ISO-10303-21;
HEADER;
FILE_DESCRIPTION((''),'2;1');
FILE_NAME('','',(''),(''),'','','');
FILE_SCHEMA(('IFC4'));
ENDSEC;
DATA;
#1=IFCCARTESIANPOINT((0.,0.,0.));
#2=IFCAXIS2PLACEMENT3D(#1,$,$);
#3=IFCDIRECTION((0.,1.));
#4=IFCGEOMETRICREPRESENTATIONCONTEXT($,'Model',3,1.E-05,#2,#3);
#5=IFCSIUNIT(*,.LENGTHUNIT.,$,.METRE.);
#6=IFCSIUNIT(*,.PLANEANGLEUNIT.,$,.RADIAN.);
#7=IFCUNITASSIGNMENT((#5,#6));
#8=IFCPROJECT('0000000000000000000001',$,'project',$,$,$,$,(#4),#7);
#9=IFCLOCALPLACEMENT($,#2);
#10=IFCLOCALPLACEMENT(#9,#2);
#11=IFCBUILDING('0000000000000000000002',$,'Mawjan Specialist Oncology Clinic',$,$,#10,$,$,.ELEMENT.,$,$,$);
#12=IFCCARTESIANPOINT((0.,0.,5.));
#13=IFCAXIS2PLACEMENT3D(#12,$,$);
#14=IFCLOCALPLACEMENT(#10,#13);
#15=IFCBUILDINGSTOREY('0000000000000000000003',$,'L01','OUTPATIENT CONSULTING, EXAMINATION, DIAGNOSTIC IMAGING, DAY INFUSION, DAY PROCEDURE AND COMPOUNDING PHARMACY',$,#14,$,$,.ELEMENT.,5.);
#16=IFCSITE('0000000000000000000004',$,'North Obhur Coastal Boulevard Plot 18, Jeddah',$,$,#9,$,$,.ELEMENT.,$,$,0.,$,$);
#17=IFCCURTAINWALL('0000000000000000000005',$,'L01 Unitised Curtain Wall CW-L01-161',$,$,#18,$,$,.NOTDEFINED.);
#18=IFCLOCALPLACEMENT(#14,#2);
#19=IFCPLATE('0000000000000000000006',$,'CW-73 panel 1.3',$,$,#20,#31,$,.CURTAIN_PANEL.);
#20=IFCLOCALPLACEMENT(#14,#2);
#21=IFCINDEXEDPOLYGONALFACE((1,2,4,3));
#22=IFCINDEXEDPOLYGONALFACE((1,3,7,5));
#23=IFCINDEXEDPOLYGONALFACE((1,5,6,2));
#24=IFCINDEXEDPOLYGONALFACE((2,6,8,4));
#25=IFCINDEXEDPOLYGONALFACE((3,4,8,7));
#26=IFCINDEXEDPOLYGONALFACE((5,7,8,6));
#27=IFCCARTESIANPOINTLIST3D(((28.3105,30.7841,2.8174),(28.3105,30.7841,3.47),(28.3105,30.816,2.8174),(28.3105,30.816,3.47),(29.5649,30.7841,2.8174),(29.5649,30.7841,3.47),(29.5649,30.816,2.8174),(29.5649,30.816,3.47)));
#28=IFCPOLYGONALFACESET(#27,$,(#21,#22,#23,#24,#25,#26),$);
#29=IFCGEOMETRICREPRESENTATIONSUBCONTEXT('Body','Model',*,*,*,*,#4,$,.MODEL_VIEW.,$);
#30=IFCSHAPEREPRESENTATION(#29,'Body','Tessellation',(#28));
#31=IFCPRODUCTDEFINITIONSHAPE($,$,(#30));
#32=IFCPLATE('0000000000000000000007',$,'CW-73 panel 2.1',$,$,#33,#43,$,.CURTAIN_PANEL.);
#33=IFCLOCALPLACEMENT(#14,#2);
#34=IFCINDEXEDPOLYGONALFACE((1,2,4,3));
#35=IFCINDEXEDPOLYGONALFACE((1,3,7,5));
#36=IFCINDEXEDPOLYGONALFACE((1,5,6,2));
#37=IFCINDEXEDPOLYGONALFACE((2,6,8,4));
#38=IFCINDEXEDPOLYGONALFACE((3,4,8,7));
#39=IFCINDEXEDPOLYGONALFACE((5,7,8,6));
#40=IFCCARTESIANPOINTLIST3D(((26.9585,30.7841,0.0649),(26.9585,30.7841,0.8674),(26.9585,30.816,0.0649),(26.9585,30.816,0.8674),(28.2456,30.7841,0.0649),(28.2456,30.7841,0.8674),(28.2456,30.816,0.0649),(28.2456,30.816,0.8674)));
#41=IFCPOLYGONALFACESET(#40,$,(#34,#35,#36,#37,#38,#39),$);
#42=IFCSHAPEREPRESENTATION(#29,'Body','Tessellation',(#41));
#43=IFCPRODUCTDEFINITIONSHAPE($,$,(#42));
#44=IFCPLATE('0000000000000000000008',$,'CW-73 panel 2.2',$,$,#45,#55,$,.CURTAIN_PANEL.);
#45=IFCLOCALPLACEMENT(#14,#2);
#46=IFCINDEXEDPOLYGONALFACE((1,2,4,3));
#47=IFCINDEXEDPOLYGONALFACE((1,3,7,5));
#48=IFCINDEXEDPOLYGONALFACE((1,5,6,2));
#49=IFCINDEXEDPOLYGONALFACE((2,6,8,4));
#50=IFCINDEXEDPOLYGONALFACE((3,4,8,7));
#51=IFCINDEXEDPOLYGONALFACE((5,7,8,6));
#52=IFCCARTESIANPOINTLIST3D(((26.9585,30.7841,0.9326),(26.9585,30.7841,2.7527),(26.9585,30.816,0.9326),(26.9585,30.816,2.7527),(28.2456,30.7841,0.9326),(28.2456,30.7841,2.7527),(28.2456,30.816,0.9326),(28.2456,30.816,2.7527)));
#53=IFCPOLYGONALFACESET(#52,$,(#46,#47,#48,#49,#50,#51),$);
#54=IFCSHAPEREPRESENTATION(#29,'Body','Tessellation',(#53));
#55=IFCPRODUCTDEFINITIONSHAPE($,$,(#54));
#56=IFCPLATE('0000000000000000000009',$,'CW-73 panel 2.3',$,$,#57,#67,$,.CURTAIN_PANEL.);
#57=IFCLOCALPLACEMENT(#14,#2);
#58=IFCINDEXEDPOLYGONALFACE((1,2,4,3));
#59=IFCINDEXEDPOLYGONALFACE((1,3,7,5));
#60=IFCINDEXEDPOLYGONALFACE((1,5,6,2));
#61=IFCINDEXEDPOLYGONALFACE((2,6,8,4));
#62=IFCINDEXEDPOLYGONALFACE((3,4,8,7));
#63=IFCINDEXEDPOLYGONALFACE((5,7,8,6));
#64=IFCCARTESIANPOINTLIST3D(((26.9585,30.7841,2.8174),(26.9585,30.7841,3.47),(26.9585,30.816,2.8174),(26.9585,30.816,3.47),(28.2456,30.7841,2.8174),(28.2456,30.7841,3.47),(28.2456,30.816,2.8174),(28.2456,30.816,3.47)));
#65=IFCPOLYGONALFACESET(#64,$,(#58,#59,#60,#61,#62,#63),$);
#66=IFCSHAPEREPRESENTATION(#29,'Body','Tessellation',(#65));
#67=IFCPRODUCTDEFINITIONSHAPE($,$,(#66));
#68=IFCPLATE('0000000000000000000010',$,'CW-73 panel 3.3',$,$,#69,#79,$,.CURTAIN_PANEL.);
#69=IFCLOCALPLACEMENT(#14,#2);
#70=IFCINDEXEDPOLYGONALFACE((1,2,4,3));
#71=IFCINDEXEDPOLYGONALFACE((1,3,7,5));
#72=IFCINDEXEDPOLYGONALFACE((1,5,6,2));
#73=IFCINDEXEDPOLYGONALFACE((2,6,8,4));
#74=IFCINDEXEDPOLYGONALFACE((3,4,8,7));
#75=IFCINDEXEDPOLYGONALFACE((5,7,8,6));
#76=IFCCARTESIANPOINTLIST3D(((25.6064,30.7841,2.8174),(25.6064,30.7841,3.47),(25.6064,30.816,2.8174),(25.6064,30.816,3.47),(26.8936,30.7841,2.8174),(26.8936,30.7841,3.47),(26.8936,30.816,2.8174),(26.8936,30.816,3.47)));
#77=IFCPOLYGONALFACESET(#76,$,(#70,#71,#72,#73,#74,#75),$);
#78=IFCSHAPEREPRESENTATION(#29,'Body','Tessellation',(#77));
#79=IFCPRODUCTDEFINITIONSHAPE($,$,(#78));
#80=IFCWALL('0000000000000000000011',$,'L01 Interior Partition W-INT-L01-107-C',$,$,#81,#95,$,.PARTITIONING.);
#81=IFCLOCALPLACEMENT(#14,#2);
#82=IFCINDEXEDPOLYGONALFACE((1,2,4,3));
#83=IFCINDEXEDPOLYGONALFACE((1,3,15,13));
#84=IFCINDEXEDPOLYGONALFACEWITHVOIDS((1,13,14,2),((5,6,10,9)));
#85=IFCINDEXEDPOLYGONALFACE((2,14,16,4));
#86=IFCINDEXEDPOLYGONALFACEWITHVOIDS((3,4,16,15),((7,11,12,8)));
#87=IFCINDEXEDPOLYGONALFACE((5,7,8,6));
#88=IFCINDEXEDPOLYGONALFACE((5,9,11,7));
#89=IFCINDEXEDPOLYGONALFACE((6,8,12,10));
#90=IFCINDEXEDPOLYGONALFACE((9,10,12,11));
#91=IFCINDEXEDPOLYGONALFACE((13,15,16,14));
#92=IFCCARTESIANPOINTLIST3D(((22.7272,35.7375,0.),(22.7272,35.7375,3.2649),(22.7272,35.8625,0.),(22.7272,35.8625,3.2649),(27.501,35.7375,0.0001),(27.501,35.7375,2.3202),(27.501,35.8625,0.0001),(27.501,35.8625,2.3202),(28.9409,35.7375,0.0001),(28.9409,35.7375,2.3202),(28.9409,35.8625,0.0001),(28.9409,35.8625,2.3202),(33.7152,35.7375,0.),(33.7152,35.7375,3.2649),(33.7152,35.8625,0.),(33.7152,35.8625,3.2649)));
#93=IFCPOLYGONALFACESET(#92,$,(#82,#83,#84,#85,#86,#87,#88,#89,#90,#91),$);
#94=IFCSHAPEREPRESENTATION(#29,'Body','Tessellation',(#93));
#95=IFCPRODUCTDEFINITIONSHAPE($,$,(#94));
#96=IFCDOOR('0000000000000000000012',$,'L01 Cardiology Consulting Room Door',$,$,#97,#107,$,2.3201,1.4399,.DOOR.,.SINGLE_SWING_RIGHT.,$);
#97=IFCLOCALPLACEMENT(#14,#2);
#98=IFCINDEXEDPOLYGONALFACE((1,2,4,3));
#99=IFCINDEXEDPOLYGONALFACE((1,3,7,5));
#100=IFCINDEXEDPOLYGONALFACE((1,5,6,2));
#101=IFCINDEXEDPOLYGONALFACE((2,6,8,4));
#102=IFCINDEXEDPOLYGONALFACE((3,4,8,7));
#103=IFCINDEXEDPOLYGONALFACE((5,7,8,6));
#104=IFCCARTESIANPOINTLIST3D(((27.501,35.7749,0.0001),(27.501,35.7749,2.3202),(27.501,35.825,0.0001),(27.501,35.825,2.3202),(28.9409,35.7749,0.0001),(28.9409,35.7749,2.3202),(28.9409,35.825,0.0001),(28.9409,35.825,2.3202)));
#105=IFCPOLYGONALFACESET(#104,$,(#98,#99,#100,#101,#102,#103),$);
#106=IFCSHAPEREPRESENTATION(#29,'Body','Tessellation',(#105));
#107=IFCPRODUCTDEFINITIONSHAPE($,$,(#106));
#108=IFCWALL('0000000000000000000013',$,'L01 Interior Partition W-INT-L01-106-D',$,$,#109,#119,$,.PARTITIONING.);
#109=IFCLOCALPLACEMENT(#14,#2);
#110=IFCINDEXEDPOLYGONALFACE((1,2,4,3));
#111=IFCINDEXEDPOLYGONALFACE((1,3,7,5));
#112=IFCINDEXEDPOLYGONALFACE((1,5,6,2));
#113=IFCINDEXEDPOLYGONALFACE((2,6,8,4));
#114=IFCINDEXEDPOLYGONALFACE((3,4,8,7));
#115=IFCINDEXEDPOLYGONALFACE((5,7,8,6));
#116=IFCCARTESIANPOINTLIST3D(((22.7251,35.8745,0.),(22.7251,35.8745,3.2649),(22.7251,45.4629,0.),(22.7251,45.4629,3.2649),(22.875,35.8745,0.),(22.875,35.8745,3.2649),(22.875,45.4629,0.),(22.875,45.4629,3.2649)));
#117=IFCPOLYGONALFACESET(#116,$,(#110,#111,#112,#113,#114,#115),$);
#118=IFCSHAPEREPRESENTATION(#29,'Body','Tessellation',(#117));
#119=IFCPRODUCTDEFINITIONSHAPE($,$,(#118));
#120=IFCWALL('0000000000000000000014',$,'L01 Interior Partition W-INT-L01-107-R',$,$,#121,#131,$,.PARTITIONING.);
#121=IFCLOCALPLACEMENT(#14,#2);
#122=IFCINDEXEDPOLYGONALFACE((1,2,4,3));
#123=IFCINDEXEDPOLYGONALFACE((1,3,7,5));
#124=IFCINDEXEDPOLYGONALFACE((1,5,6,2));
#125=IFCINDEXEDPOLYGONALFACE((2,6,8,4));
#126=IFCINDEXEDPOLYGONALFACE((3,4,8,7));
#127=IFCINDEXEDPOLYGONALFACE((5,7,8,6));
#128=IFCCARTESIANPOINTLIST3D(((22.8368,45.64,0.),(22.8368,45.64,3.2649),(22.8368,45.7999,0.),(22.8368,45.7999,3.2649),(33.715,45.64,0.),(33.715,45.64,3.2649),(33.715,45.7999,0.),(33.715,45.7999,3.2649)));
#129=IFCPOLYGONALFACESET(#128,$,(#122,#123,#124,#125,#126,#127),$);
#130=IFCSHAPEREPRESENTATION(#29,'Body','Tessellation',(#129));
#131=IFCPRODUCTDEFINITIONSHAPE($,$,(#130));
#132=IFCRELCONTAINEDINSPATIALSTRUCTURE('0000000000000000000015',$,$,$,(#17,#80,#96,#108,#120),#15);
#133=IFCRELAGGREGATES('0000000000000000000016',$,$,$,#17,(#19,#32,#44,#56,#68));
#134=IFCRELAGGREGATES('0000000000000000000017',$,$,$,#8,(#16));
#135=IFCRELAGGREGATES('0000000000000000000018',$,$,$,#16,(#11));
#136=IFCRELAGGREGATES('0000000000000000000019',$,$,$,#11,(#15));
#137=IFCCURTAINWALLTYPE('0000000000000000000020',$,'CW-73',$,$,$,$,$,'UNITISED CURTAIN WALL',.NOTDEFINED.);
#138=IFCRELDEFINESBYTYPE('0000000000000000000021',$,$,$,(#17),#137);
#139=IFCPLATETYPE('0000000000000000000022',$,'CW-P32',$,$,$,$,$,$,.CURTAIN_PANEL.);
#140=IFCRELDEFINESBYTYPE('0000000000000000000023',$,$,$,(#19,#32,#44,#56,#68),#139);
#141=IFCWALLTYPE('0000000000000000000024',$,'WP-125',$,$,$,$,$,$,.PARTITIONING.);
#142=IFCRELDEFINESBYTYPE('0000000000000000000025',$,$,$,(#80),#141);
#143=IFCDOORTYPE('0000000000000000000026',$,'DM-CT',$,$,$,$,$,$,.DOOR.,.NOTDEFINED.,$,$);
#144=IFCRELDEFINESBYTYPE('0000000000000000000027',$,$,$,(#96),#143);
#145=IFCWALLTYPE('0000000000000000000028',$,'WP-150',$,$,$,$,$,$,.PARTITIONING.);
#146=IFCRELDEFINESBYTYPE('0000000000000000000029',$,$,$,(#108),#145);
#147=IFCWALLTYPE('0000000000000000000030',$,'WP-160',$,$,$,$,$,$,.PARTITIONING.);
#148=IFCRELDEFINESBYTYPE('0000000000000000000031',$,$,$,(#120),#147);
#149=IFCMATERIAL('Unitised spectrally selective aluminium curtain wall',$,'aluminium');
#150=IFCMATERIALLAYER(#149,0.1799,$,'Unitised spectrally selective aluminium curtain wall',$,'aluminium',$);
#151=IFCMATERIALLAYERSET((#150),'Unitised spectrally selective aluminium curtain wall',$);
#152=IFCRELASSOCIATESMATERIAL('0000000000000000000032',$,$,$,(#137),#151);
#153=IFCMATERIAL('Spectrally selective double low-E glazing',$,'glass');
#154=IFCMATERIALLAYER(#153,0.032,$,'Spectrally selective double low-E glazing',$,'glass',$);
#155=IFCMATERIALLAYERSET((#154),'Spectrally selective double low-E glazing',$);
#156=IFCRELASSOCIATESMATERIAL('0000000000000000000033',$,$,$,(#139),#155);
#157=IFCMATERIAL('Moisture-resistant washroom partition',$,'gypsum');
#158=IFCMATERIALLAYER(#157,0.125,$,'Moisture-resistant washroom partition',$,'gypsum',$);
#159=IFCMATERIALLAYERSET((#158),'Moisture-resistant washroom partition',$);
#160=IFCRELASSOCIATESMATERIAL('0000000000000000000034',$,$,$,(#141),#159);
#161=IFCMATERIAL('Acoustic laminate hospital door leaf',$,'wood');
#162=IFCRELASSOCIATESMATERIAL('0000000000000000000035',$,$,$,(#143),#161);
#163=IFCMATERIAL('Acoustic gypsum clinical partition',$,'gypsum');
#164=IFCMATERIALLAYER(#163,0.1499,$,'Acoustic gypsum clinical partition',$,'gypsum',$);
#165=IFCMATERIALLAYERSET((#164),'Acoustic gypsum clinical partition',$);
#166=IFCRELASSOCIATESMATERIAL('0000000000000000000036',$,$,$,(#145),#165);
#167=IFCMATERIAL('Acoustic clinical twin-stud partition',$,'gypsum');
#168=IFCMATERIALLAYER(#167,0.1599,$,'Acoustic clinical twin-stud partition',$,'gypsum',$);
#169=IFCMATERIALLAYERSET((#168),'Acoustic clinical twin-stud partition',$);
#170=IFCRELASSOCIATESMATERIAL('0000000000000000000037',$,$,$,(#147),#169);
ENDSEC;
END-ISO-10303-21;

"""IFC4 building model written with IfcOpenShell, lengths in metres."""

from ifc_helpers import new_model, si_unit, direction, frame, frame_2d, origin, origin_2d, place, context, subcontext, project, spatial, rectangle, extrude, material, layer, layer_set, type_object, element, fill, aggregate, save


model = new_model("IFC4")

# Units and contexts
model_context = context("Model", 3, precision=1e-05, world=origin(), true_north=direction((0.0, 1.0)))
body_context = subcontext(model_context, "Body", "Model", "MODEL_VIEW")
ifc_project = project(units=[si_unit("LENGTHUNIT", "METRE"), si_unit("PLANEANGLEUNIT", "RADIAN")], contexts=[model_context])

# Site, building, storey
site_placement = place(None, origin())
site = spatial("IfcSite", under=ifc_project, at=site_placement, Name="North Obhur Coastal Boulevard Plot 18, Jeddah", CompositionType="ELEMENT", RefElevation=0.0)
building_placement = place(site_placement, origin())
building = spatial("IfcBuilding", under=site, at=building_placement, Name="Mawjan Specialist Oncology Clinic", CompositionType="ELEMENT")
storey_placement = place(building_placement, frame((0.0, 0.0, 5.0)))
storey = spatial("IfcBuildingStorey", under=building, at=storey_placement, Name="L01", Description="OUTPATIENT CONSULTING, EXAMINATION, DIAGNOSTIC IMAGING, DAY INFUSION, DAY PROCEDURE AND COMPOUNDING PHARMACY", CompositionType="ELEMENT", Elevation=5.0)

# Curtain wall, plates
ifc_material_1 = material(Name="Unitised spectrally selective aluminium curtain wall", Category="aluminium")
ifc_layer_1 = layer(ifc_material_1, 0.1799, Name="Unitised spectrally selective aluminium curtain wall", Category="aluminium")
ifc_layer_set_1 = layer_set([ifc_layer_1], Name="Unitised spectrally selective aluminium curtain wall")
curtain_wall_type = type_object("IfcCurtainWallType", Name="CW-73", ElementType="UNITISED CURTAIN WALL", PredefinedType="NOTDEFINED", material=ifc_layer_set_1)
curtain_wall_placement = place(storey_placement, origin())
curtain_wall = element("IfcCurtainWall", 1, at=curtain_wall_placement, inside=storey, type_object=curtain_wall_type, Name="L01 Unitised Curtain Wall CW-L01-161", PredefinedType="NOTDEFINED")
ifc_material_2 = material(Name="Spectrally selective double low-E glazing", Category="glass")
ifc_layer_2 = layer(ifc_material_2, 0.032, Name="Spectrally selective double low-E glazing", Category="glass")
ifc_layer_set_2 = layer_set([ifc_layer_2], Name="Spectrally selective double low-E glazing")
plate_type = type_object("IfcPlateType", Name="CW-P32", PredefinedType="CURTAIN_PANEL", material=ifc_layer_set_2)
plate_1_placement = place(storey_placement, frame((28.9377, 30.8, 2.8174), z_axis=(0.0, 0.0, 1.0), x_axis=(-1.0, 0.0, 0.0)))
plate_1 = element("IfcPlate", 2, at=plate_1_placement, type_object=plate_type, Name="CW-73 panel 1.3", PredefinedType="CURTAIN_PANEL", context=body_context, shape_type="SweptSolid", body=[
    extrude(rectangle(XDim=1.2544, YDim=0.032, at=origin_2d()), origin(), (0.0, 0.0, 1.0), 0.6526),
])
plate_2_placement = place(storey_placement, frame((27.6021, 30.8, 0.0649), z_axis=(0.0, 0.0, 1.0), x_axis=(-1.0, 0.0, 0.0)))
plate_2 = element("IfcPlate", 3, at=plate_2_placement, type_object=plate_type, Name="CW-73 panel 2.1", PredefinedType="CURTAIN_PANEL", context=body_context, shape_type="SweptSolid", body=[
    extrude(rectangle(XDim=1.2871, YDim=0.032, at=origin_2d()), origin(), (0.0, 0.0, 1.0), 0.8025),
])
plate_3_placement = place(storey_placement, frame((27.6021, 30.8, 0.9326), z_axis=(0.0, 0.0, 1.0), x_axis=(-1.0, 0.0, 0.0)))
plate_3 = element("IfcPlate", 4, at=plate_3_placement, type_object=plate_type, Name="CW-73 panel 2.2", PredefinedType="CURTAIN_PANEL", context=body_context, shape_type="SweptSolid", body=[
    extrude(rectangle(XDim=1.2871, YDim=0.032, at=origin_2d()), origin(), (0.0, 0.0, 1.0), 1.8201),
])
plate_4_placement = place(storey_placement, frame((27.6021, 30.8, 2.8174), z_axis=(0.0, 0.0, 1.0), x_axis=(-1.0, 0.0, 0.0)))
plate_4 = element("IfcPlate", 5, at=plate_4_placement, type_object=plate_type, Name="CW-73 panel 2.3", PredefinedType="CURTAIN_PANEL", context=body_context, shape_type="SweptSolid", body=[
    extrude(rectangle(XDim=1.2871, YDim=0.032, at=origin_2d()), origin(), (0.0, 0.0, 1.0), 0.6526),
])
plate_5_placement = place(storey_placement, frame((26.25, 30.8, 2.8174), z_axis=(0.0, 0.0, 1.0), x_axis=(-1.0, 0.0, 0.0)))
plate_5 = element("IfcPlate", 6, at=plate_5_placement, type_object=plate_type, Name="CW-73 panel 3.3", PredefinedType="CURTAIN_PANEL", context=body_context, shape_type="SweptSolid", body=[
    extrude(rectangle(XDim=1.2871, YDim=0.032, at=origin_2d()), origin(), (0.0, 0.0, 1.0), 0.6526),
])
aggregate(curtain_wall, [plate_1, plate_2, plate_3, plate_4, plate_5])

# Wall, opening, door
ifc_material_3 = material(Name="Moisture-resistant washroom partition", Category="gypsum")
ifc_layer_3 = layer(ifc_material_3, 0.125, Name="Moisture-resistant washroom partition", Category="gypsum")
ifc_layer_set_3 = layer_set([ifc_layer_3], Name="Moisture-resistant washroom partition")
wall_type_1 = type_object("IfcWallType", Name="WP-125", PredefinedType="PARTITIONING", material=ifc_layer_set_3)
wall_1_placement = place(storey_placement, frame((22.7271, 35.8, 0.0), z_axis=(0.0, 0.0, 1.0), x_axis=(1.0, 0.0, 0.0)))
wall_1 = element("IfcWall", 7, at=wall_1_placement, inside=storey, type_object=wall_type_1, Name="L01 Interior Partition W-INT-L01-107-C", PredefinedType="PARTITIONING", context=body_context, shape_type="SweptSolid", body=[
    extrude(rectangle(XDim=10.988, YDim=0.125, at=frame_2d((5.4941, 0.0))), origin(), (0.0, 0.0, 1.0), 3.2649),
])
opening_placement = place(wall_1_placement, frame((4.7739, 0.0, 0.0)))
opening = element("IfcOpeningElement", 8, at=opening_placement, cuts=wall_1, PredefinedType="OPENING", context=body_context, shape_type="SweptSolid", body=[
    extrude(rectangle(XDim=1.4399, YDim=2.3201, at=frame_2d((0.72, 1.1602))), frame((0.0, 0.0745, 0.0), z_axis=(0.0, -1.0, 0.0), x_axis=(1.0, 0.0, 0.0)), (0.0, 0.0, 1.0), 0.1489),
])
ifc_material_4 = material(Name="Acoustic laminate hospital door leaf", Category="wood")
door_type = type_object("IfcDoorType", Name="DM-CT", OperationType="NOTDEFINED", PredefinedType="DOOR", material=ifc_material_4)
door_placement = place(opening_placement, origin())
door = element("IfcDoor", 9, at=door_placement, inside=storey, type_object=door_type, Name="L01 Cardiology Consulting Room Door", OperationType="SINGLE_SWING_RIGHT", OverallHeight=2.3201, OverallWidth=1.4399, PredefinedType="DOOR", context=body_context, shape_type="SweptSolid", body=[
    extrude(rectangle(XDim=1.4399, YDim=2.3201, at=frame_2d((0.72, 1.1602))), frame((0.0, 0.0249, 0.0), z_axis=(0.0, -1.0, 0.0), x_axis=(1.0, 0.0, 0.0)), (0.0, 0.0, 1.0), 0.05),
])
fill(opening, door)

# Walls
ifc_material_5 = material(Name="Acoustic gypsum clinical partition", Category="gypsum")
ifc_layer_4 = layer(ifc_material_5, 0.1499, Name="Acoustic gypsum clinical partition", Category="gypsum")
ifc_layer_set_4 = layer_set([ifc_layer_4], Name="Acoustic gypsum clinical partition")
wall_type_2 = type_object("IfcWallType", Name="WP-150", PredefinedType="PARTITIONING", material=ifc_layer_set_4)
wall_2_placement = place(storey_placement, frame((22.8, 35.8745, 0.0), z_axis=(0.0, 0.0, 1.0), x_axis=(0.0, 1.0, 0.0)))
element("IfcWall", 10, at=wall_2_placement, inside=storey, type_object=wall_type_2, Name="L01 Interior Partition W-INT-L01-106-D", PredefinedType="PARTITIONING", context=body_context, shape_type="SweptSolid", body=[
    extrude(rectangle(XDim=9.5884, YDim=0.1499, at=frame_2d((4.7942, 0.0))), origin(), (0.0, 0.0, 1.0), 3.2649),
])
ifc_material_6 = material(Name="Acoustic clinical twin-stud partition", Category="gypsum")
ifc_layer_5 = layer(ifc_material_6, 0.1599, Name="Acoustic clinical twin-stud partition", Category="gypsum")
ifc_layer_set_5 = layer_set([ifc_layer_5], Name="Acoustic clinical twin-stud partition")
wall_type_3 = type_object("IfcWallType", Name="WP-160", PredefinedType="PARTITIONING", material=ifc_layer_set_5)
wall_3_placement = place(storey_placement, frame((22.8369, 45.72, 0.0), z_axis=(0.0, 0.0, 1.0), x_axis=(1.0, 0.0, 0.0)))
element("IfcWall", 11, at=wall_3_placement, inside=storey, type_object=wall_type_3, Name="L01 Interior Partition W-INT-L01-107-R", PredefinedType="PARTITIONING", context=body_context, shape_type="SweptSolid", body=[
    extrude(rectangle(XDim=10.8782, YDim=0.1599, at=frame_2d((5.439, 0.0))), origin(), (0.0, 0.0, 1.0), 3.2649),
])

save(model, "model.ifc")
